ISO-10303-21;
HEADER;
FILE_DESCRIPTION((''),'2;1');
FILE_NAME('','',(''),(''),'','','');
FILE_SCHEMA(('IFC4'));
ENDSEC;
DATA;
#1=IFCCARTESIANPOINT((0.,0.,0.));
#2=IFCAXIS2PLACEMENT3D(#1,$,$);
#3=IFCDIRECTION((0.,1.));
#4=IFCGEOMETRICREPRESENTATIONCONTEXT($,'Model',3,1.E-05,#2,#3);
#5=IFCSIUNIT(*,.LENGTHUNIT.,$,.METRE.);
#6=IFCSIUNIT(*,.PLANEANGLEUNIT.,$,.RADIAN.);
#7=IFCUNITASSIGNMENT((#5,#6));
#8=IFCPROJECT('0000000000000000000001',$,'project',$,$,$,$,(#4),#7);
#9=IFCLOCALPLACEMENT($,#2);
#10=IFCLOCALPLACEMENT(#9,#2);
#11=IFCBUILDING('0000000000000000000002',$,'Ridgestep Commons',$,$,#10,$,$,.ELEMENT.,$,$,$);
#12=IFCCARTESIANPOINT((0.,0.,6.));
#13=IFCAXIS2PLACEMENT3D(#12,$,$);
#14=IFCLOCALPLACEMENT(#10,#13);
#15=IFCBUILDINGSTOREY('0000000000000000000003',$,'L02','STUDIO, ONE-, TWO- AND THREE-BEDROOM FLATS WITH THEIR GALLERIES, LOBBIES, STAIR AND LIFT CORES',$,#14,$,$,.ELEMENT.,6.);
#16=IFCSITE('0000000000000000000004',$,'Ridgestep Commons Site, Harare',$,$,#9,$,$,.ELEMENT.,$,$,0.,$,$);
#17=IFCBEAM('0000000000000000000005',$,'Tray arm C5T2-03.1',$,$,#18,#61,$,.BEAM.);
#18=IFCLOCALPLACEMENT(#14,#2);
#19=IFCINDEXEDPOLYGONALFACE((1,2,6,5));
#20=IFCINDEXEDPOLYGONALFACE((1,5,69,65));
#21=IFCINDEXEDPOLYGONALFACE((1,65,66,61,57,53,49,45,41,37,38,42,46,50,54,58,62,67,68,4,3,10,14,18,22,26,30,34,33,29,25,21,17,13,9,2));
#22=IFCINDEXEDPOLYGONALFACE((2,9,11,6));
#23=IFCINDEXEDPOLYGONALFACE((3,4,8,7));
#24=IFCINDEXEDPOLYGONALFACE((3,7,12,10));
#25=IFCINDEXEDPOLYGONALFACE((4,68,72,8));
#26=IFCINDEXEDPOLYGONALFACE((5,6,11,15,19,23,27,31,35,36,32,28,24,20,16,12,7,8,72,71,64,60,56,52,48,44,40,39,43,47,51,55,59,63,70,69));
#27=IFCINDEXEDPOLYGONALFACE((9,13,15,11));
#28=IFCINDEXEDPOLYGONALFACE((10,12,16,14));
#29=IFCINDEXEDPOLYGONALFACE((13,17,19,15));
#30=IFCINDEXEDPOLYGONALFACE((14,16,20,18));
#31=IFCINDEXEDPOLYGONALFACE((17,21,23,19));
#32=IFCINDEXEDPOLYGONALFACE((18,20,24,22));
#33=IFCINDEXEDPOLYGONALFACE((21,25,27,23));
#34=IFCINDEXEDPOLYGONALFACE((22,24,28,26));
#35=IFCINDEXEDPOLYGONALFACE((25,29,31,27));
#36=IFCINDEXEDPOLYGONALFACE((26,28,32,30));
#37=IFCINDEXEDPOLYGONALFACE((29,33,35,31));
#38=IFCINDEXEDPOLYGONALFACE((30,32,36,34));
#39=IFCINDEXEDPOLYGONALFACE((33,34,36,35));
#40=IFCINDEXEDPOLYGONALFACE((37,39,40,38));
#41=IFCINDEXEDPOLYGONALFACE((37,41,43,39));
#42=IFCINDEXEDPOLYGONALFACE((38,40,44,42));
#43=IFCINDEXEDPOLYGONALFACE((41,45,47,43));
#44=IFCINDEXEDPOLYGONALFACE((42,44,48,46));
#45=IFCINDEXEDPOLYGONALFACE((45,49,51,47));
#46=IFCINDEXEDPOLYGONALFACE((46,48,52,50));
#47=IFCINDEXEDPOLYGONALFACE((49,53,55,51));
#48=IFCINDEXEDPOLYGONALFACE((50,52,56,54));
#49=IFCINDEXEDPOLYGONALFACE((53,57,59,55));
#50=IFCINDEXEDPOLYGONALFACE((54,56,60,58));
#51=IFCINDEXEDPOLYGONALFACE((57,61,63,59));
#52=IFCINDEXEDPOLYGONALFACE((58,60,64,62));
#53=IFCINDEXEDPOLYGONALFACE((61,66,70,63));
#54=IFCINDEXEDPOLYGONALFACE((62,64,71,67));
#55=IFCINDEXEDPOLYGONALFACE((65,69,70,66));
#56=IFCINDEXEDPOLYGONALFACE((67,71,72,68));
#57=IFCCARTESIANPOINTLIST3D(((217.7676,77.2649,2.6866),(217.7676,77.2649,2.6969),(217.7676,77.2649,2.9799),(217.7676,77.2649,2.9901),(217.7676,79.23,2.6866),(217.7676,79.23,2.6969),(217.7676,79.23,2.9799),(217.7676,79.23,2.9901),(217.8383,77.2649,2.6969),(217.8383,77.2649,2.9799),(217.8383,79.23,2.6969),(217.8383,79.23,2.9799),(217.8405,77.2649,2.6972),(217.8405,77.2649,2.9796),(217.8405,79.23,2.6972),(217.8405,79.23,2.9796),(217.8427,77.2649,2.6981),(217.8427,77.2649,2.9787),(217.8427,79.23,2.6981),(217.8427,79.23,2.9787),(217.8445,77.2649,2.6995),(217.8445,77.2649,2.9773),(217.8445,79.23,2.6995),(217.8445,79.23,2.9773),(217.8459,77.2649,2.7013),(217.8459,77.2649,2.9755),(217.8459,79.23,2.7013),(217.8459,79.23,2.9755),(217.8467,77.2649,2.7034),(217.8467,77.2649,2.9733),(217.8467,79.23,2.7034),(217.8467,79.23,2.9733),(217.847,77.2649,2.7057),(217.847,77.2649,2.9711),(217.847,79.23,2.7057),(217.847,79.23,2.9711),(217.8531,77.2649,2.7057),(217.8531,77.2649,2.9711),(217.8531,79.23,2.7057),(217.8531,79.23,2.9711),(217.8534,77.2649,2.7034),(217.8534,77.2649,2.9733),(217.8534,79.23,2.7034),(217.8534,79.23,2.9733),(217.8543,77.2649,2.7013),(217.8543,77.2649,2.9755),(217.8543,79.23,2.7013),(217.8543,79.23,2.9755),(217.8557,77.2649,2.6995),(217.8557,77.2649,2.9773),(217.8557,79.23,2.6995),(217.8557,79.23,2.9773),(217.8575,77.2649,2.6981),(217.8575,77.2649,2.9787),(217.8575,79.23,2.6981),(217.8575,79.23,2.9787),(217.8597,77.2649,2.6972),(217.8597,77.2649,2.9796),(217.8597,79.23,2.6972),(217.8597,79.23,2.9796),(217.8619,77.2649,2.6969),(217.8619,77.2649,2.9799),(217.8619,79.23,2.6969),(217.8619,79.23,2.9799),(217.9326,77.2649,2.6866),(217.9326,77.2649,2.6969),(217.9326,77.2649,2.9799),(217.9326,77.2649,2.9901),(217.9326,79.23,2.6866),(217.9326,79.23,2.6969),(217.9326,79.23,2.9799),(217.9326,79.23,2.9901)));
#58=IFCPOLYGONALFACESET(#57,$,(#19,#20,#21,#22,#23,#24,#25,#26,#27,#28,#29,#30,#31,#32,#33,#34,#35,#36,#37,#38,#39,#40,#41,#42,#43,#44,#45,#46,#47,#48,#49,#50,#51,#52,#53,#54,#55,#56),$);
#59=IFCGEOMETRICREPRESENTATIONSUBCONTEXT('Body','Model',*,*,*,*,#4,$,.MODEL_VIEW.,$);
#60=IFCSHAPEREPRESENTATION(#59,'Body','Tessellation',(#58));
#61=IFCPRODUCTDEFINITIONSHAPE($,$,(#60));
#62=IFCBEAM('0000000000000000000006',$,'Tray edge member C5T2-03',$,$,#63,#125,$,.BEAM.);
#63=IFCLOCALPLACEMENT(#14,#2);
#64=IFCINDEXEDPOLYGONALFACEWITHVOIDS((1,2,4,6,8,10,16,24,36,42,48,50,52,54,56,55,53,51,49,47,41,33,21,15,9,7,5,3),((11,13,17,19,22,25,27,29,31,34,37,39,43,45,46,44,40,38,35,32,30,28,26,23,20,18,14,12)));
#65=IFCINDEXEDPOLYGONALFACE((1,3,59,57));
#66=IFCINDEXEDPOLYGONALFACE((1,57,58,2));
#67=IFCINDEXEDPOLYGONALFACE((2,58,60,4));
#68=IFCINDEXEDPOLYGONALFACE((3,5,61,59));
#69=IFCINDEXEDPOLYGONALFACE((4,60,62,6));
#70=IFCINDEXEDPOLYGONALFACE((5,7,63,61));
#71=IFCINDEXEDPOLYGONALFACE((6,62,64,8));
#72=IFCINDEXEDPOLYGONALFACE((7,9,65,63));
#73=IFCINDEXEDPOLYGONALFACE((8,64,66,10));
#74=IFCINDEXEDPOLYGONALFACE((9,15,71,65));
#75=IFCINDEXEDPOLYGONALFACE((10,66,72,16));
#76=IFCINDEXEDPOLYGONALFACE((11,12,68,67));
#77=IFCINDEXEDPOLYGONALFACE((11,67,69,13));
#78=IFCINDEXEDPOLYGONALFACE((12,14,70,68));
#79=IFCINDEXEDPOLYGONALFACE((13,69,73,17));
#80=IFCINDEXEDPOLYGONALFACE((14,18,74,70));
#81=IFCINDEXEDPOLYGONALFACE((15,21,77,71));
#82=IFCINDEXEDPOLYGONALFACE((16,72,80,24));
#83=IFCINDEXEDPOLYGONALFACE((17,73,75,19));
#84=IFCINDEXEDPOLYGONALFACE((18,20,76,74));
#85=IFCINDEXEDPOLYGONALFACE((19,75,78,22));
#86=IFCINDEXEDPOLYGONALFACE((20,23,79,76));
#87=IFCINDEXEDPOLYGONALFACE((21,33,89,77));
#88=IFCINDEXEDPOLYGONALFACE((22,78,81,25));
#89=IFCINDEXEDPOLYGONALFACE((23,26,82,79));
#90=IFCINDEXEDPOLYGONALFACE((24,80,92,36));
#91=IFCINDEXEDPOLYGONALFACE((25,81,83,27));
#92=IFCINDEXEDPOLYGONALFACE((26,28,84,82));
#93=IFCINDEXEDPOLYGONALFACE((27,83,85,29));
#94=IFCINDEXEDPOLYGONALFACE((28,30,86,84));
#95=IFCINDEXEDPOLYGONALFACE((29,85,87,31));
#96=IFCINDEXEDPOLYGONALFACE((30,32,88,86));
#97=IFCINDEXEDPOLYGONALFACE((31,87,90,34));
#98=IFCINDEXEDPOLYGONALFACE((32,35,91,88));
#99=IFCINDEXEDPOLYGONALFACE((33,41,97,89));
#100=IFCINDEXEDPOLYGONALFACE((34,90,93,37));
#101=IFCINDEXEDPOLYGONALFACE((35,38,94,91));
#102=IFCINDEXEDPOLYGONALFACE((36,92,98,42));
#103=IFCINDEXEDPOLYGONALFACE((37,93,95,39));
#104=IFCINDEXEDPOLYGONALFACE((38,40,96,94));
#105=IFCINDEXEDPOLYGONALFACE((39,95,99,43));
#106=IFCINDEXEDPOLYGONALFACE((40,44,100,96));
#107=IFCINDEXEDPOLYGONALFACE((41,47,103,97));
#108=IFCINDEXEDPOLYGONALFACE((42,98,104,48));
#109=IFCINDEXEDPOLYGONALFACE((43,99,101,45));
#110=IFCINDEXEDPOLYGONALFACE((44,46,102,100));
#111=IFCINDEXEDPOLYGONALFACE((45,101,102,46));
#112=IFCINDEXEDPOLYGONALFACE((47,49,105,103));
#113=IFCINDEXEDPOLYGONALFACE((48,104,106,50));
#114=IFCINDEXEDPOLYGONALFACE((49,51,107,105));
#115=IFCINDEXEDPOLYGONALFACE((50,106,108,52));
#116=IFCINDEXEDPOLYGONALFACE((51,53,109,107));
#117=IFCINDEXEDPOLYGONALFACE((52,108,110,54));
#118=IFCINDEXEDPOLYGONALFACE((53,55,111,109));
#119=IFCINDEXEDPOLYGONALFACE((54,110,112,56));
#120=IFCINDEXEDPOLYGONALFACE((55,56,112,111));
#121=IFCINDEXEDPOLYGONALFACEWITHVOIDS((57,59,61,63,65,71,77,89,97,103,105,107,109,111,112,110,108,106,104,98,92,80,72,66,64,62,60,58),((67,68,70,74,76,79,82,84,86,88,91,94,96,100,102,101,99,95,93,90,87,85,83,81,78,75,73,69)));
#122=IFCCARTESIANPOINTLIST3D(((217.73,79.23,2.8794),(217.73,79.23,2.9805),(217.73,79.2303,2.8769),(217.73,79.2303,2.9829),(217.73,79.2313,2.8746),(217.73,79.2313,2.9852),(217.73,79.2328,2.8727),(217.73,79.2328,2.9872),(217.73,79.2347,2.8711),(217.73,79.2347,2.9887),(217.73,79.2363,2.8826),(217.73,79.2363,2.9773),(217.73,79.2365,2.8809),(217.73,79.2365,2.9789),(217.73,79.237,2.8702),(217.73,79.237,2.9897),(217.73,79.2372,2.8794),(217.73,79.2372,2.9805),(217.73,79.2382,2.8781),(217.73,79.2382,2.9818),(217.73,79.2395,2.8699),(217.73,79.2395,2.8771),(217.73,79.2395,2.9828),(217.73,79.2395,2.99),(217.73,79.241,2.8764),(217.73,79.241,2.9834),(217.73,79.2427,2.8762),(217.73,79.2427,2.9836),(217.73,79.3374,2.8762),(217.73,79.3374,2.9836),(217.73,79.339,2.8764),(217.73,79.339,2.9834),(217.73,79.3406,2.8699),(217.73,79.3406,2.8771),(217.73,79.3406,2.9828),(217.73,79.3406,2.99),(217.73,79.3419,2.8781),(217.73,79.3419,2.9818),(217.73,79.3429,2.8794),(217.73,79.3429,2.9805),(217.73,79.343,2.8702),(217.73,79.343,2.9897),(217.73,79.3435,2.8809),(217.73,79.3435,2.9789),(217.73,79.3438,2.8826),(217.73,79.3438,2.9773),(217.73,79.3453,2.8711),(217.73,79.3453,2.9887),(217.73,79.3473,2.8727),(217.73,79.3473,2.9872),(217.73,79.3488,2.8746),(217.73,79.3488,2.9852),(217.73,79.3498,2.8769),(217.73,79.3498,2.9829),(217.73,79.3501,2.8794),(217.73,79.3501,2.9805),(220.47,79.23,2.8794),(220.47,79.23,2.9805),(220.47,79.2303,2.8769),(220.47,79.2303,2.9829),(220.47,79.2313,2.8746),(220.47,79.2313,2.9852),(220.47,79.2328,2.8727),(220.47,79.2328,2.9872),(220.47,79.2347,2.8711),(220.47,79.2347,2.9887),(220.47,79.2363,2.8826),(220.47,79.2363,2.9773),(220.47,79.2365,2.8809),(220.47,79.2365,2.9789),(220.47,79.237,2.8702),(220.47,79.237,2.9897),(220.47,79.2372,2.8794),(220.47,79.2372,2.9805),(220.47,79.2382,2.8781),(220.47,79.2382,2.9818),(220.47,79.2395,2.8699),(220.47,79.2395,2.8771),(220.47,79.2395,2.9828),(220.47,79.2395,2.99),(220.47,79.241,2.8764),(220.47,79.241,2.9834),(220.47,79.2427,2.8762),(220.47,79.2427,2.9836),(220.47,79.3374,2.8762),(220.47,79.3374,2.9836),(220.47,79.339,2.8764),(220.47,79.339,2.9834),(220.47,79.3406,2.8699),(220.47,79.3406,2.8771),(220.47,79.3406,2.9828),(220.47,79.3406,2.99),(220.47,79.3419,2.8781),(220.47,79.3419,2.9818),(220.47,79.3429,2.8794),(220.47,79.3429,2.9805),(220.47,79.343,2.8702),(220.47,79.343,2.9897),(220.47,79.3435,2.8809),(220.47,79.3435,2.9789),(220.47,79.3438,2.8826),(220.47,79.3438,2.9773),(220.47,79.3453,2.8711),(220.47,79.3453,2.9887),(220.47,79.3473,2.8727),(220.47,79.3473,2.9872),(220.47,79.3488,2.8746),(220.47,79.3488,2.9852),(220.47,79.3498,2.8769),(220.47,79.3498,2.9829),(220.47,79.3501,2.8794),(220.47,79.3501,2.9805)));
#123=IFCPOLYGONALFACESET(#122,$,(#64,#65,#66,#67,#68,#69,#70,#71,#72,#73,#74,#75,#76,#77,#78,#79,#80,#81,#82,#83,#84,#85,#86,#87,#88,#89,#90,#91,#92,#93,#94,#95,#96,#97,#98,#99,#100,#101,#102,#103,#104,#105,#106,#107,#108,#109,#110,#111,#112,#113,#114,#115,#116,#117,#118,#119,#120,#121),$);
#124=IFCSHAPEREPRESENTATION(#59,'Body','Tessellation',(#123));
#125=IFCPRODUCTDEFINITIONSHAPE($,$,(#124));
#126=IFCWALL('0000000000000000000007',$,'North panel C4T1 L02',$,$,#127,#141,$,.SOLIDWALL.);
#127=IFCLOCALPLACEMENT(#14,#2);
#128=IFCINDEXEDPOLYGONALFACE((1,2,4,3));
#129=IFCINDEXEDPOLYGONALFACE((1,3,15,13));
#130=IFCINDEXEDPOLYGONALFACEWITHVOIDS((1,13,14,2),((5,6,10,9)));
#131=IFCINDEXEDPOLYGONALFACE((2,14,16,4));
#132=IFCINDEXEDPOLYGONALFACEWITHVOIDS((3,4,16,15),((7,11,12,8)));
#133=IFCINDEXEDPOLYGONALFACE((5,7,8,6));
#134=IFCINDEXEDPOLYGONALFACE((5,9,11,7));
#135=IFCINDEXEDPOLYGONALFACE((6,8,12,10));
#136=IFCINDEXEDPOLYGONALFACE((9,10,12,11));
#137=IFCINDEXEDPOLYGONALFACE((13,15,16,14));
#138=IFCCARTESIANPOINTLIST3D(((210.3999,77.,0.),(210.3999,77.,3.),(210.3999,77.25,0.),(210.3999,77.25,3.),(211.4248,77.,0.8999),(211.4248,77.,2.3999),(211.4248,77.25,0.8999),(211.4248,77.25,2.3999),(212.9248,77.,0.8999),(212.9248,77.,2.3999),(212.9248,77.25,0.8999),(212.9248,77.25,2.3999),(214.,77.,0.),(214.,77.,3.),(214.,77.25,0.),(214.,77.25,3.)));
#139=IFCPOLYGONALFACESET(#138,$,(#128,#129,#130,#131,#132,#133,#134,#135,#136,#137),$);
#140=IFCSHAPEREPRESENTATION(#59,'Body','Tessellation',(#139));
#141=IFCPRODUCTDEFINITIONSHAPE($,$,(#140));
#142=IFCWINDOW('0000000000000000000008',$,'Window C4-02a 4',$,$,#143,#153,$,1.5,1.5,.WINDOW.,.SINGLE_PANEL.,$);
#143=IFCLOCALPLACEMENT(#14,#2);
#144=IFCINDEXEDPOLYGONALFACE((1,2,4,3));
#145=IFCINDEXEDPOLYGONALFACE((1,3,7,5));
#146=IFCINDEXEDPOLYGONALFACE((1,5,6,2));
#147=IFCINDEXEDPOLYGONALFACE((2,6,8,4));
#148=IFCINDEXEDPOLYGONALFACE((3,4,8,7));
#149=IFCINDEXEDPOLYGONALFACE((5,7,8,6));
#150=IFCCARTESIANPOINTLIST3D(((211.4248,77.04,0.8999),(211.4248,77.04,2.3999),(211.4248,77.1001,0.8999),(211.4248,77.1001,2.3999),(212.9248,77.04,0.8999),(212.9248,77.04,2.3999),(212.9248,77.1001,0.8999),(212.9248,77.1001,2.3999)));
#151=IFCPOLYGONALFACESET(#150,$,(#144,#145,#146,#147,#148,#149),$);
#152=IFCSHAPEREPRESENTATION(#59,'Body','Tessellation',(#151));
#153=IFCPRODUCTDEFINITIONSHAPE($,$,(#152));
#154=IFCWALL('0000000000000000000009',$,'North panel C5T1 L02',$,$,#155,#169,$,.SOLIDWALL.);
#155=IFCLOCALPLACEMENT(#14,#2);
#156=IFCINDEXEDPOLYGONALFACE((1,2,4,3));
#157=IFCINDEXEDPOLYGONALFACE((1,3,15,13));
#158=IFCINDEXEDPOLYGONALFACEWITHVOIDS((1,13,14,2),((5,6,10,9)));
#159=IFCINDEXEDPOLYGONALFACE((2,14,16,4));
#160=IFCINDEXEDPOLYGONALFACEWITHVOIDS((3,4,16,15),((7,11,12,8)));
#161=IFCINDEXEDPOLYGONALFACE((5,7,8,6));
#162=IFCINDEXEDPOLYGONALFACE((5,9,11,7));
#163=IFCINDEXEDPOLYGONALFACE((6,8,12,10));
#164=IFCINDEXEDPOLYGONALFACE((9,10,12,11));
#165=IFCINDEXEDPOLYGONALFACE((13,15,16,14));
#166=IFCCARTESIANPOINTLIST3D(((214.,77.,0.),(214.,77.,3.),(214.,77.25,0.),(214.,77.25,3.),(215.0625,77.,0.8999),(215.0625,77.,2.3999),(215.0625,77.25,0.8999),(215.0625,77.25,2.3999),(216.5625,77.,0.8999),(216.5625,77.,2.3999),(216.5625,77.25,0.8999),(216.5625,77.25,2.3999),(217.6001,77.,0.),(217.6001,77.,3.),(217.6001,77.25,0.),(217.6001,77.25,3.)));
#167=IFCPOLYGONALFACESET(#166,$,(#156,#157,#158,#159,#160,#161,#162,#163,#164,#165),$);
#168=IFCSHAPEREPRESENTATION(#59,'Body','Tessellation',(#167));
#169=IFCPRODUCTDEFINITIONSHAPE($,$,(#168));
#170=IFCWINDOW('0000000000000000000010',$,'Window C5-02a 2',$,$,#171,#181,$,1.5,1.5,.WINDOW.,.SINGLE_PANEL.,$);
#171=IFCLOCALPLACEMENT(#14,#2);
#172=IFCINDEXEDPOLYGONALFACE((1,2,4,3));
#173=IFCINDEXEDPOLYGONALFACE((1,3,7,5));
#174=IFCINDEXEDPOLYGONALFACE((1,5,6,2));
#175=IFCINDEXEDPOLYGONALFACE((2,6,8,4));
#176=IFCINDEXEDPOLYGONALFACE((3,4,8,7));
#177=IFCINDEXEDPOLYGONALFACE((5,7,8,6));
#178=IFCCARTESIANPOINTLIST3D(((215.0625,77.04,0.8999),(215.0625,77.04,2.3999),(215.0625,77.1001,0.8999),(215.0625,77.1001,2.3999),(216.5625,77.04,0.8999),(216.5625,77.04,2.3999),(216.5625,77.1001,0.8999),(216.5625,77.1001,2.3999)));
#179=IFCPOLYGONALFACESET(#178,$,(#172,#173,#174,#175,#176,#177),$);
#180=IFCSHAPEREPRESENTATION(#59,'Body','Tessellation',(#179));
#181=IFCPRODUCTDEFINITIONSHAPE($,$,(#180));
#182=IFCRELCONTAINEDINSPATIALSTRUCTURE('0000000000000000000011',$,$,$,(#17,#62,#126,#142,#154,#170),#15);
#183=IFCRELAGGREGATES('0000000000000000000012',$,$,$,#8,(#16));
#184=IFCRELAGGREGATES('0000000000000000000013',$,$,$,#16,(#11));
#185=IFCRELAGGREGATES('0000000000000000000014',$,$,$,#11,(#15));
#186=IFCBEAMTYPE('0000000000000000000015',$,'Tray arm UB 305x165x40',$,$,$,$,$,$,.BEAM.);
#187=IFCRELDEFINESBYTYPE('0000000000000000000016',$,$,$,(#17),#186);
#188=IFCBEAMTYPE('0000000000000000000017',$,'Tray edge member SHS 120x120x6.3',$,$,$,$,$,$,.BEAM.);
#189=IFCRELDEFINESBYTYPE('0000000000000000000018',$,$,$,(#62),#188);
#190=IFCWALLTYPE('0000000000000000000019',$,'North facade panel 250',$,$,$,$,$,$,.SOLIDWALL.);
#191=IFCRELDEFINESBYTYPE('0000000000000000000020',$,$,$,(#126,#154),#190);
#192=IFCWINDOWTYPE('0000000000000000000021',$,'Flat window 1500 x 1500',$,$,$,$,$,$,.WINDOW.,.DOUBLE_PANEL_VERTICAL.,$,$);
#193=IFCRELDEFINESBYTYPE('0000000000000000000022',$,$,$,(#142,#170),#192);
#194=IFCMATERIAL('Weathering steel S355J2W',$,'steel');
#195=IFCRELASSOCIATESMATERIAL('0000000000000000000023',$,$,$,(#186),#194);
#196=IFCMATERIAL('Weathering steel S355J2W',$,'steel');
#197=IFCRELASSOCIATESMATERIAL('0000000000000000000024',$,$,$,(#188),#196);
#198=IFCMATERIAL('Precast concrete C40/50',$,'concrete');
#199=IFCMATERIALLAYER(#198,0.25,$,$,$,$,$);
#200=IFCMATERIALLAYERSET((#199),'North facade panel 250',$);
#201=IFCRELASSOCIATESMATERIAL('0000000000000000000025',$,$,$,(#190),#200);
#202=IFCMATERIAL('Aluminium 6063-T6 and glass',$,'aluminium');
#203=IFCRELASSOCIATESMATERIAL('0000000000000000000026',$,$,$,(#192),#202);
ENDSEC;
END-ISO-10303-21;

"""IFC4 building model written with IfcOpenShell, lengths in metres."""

from ifc_helpers import new_model, si_unit, direction, frame, frame_2d, origin, origin_2d, place, context, subcontext, project, spatial, rectangle, hollow_rectangle, i_section, extrude, material, layer, layer_set, material_profile, profile_set, type_object, element, fill, save


model = new_model("IFC4")

# Units and contexts
model_context = context("Model", 3, precision=1e-05, world=origin(), true_north=direction((0.0, 1.0)))
body_context = subcontext(model_context, "Body", "Model", "MODEL_VIEW")
ifc_project = project(units=[si_unit("LENGTHUNIT", "METRE"), si_unit("PLANEANGLEUNIT", "RADIAN")], contexts=[model_context])

# Site, building, storey
site_placement = place(None, origin())
site = spatial("IfcSite", under=ifc_project, at=site_placement, Name="Ridgestep Commons Site, Harare", CompositionType="ELEMENT", RefElevation=0.0)
building_placement = place(site_placement, origin())
building = spatial("IfcBuilding", under=site, at=building_placement, Name="Ridgestep Commons", CompositionType="ELEMENT")
storey_placement = place(building_placement, frame((0.0, 0.0, 6.0)))
storey = spatial("IfcBuildingStorey", under=building, at=storey_placement, Name="L02", Description="STUDIO, ONE-, TWO- AND THREE-BEDROOM FLATS WITH THEIR GALLERIES, LOBBIES, STAIR AND LIFT CORES", CompositionType="ELEMENT", Elevation=6.0)

# Beams
ifc_material_1 = material(Name="Weathering steel S355J2W", Category="steel")
ifc_material_profile_1 = material_profile(ifc_material_1, i_section(OverallWidth=0.165, OverallDepth=0.3035, WebThickness=0.0061, FlangeThickness=0.0103, FilletRadius=0.0088, at=origin_2d()), Name="UB 305x165x40")
ifc_profile_set_1 = profile_set([ifc_material_profile_1], Name="Weathering steel S355J2W")
beam_type_1 = type_object("IfcBeamType", Name="Tray arm UB 305x165x40", PredefinedType="BEAM", material=ifc_profile_set_1)
beam_1_placement = place(storey_placement, frame((217.8501, 77.2649, 2.8384), z_axis=(0.0, 1.0, 0.0), x_axis=(-1.0, 0.0, 0.0)))
element("IfcBeam", 1, at=beam_1_placement, inside=storey, type_object=beam_type_1, Name="Tray arm C5T2-03.1", PredefinedType="BEAM", context=body_context, shape_type="SweptSolid", body=[
    extrude(i_section(OverallWidth=0.165, OverallDepth=0.3035, WebThickness=0.0061, FlangeThickness=0.0103, FilletRadius=0.0088, at=origin_2d()), origin(), (0.0, 0.0, 1.0), 1.9651),
])
ifc_material_2 = material(Name="Weathering steel S355J2W", Category="steel")
ifc_material_profile_2 = material_profile(ifc_material_2, hollow_rectangle(XDim=0.1201, YDim=0.1201, WallThickness=0.0063, InnerFilletRadius=0.0063, OuterFilletRadius=0.0095, at=origin_2d()), Name="SHS 120x120x6.3")
ifc_profile_set_2 = profile_set([ifc_material_profile_2], Name="Weathering steel S355J2W")
beam_type_2 = type_object("IfcBeamType", Name="Tray edge member SHS 120x120x6.3", PredefinedType="BEAM", material=ifc_profile_set_2)
beam_2_placement = place(storey_placement, frame((217.73, 79.29, 2.9299), z_axis=(1.0, 0.0, 0.0), x_axis=(0.0, 0.0, 1.0)))
element("IfcBeam", 2, at=beam_2_placement, inside=storey, type_object=beam_type_2, Name="Tray edge member C5T2-03", PredefinedType="BEAM", context=body_context, shape_type="SweptSolid", body=[
    extrude(hollow_rectangle(XDim=0.1201, YDim=0.1201, WallThickness=0.0063, InnerFilletRadius=0.0063, OuterFilletRadius=0.0095, at=origin_2d()), origin(), (0.0, 0.0, 1.0), 2.74),
])

# Walls, openings, windows
ifc_material_3 = material(Name="Precast concrete C40/50", Category="concrete")
ifc_layer_1 = layer(ifc_material_3, 0.25)
ifc_layer_set_1 = layer_set([ifc_layer_1], Name="North facade panel 250")
wall_type_1 = type_object("IfcWallType", Name="North facade panel 250", PredefinedType="SOLIDWALL", material=ifc_layer_set_1)
wall_1_placement = place(storey_placement, frame((210.3999, 77.125, 0.0), z_axis=(0.0, 0.0, 1.0), x_axis=(1.0, 0.0, 0.0)))
wall_1 = element("IfcWall", 3, at=wall_1_placement, inside=storey, type_object=wall_type_1, Name="North panel C4T1 L02", PredefinedType="SOLIDWALL", context=body_context, shape_type="SweptSolid", body=[
    extrude(rectangle(XDim=3.6001, YDim=0.25, at=frame_2d((1.8, 0.0))), origin(), (0.0, 0.0, 1.0), 3.0),
])
opening_1_placement = place(wall_1_placement, frame((1.0249, 0.0, 0.8999)))
opening_1 = element("IfcOpeningElement", 4, at=opening_1_placement, cuts=wall_1, PredefinedType="OPENING", context=body_context, shape_type="SweptSolid", body=[
    extrude(rectangle(XDim=1.5, YDim=1.5, at=frame_2d((0.75, 0.75))), frame((0.0, 0.135, 0.0), z_axis=(0.0, -1.0, 0.0), x_axis=(1.0, 0.0, 0.0)), (0.0, 0.0, 1.0), 0.27),
])
ifc_material_4 = material(Name="Aluminium 6063-T6 and glass", Category="aluminium")
window_type = type_object("IfcWindowType", Name="Flat window 1500 x 1500", PartitioningType="DOUBLE_PANEL_VERTICAL", PredefinedType="WINDOW", material=ifc_material_4)
window_1_placement = place(opening_1_placement, origin())
window_1 = element("IfcWindow", 5, at=window_1_placement, inside=storey, type_object=window_type, Name="Window C4-02a 4", OverallHeight=1.5, OverallWidth=1.5, PartitioningType="SINGLE_PANEL", PredefinedType="WINDOW", context=body_context, shape_type="SweptSolid", body=[
    extrude(rectangle(XDim=1.5, YDim=1.5, at=frame_2d((0.75, 0.75))), frame((0.0, -0.0249, 0.0), z_axis=(0.0, -1.0, 0.0), x_axis=(1.0, 0.0, 0.0)), (0.0, 0.0, 1.0), 0.0601),
])
fill(opening_1, window_1)
wall_2_placement = place(storey_placement, frame((214.0, 77.125, 0.0), z_axis=(0.0, 0.0, 1.0), x_axis=(1.0, 0.0, 0.0)))
wall_2 = element("IfcWall", 6, at=wall_2_placement, inside=storey, type_object=wall_type_1, Name="North panel C5T1 L02", PredefinedType="SOLIDWALL", context=body_context, shape_type="SweptSolid", body=[
    extrude(rectangle(XDim=3.6001, YDim=0.25, at=frame_2d((1.8, 0.0))), origin(), (0.0, 0.0, 1.0), 3.0),
])
opening_2_placement = place(wall_2_placement, frame((1.0625, 0.0, 0.8999)))
opening_2 = element("IfcOpeningElement", 7, at=opening_2_placement, cuts=wall_2, PredefinedType="OPENING", context=body_context, shape_type="SweptSolid", body=[
    extrude(rectangle(XDim=1.5, YDim=1.5, at=frame_2d((0.75, 0.75))), frame((0.0, 0.135, 0.0), z_axis=(0.0, -1.0, 0.0), x_axis=(1.0, 0.0, 0.0)), (0.0, 0.0, 1.0), 0.27),
])
window_2_placement = place(opening_2_placement, origin())
window_2 = element("IfcWindow", 8, at=window_2_placement, inside=storey, type_object=window_type, Name="Window C5-02a 2", OverallHeight=1.5, OverallWidth=1.5, PartitioningType="SINGLE_PANEL", PredefinedType="WINDOW", context=body_context, shape_type="SweptSolid", body=[
    extrude(rectangle(XDim=1.5, YDim=1.5, at=frame_2d((0.75, 0.75))), frame((0.0, -0.0249, 0.0), z_axis=(0.0, -1.0, 0.0), x_axis=(1.0, 0.0, 0.0)), (0.0, 0.0, 1.0), 0.0601),
])
fill(opening_2, window_2)

save(model, "model.ifc")
